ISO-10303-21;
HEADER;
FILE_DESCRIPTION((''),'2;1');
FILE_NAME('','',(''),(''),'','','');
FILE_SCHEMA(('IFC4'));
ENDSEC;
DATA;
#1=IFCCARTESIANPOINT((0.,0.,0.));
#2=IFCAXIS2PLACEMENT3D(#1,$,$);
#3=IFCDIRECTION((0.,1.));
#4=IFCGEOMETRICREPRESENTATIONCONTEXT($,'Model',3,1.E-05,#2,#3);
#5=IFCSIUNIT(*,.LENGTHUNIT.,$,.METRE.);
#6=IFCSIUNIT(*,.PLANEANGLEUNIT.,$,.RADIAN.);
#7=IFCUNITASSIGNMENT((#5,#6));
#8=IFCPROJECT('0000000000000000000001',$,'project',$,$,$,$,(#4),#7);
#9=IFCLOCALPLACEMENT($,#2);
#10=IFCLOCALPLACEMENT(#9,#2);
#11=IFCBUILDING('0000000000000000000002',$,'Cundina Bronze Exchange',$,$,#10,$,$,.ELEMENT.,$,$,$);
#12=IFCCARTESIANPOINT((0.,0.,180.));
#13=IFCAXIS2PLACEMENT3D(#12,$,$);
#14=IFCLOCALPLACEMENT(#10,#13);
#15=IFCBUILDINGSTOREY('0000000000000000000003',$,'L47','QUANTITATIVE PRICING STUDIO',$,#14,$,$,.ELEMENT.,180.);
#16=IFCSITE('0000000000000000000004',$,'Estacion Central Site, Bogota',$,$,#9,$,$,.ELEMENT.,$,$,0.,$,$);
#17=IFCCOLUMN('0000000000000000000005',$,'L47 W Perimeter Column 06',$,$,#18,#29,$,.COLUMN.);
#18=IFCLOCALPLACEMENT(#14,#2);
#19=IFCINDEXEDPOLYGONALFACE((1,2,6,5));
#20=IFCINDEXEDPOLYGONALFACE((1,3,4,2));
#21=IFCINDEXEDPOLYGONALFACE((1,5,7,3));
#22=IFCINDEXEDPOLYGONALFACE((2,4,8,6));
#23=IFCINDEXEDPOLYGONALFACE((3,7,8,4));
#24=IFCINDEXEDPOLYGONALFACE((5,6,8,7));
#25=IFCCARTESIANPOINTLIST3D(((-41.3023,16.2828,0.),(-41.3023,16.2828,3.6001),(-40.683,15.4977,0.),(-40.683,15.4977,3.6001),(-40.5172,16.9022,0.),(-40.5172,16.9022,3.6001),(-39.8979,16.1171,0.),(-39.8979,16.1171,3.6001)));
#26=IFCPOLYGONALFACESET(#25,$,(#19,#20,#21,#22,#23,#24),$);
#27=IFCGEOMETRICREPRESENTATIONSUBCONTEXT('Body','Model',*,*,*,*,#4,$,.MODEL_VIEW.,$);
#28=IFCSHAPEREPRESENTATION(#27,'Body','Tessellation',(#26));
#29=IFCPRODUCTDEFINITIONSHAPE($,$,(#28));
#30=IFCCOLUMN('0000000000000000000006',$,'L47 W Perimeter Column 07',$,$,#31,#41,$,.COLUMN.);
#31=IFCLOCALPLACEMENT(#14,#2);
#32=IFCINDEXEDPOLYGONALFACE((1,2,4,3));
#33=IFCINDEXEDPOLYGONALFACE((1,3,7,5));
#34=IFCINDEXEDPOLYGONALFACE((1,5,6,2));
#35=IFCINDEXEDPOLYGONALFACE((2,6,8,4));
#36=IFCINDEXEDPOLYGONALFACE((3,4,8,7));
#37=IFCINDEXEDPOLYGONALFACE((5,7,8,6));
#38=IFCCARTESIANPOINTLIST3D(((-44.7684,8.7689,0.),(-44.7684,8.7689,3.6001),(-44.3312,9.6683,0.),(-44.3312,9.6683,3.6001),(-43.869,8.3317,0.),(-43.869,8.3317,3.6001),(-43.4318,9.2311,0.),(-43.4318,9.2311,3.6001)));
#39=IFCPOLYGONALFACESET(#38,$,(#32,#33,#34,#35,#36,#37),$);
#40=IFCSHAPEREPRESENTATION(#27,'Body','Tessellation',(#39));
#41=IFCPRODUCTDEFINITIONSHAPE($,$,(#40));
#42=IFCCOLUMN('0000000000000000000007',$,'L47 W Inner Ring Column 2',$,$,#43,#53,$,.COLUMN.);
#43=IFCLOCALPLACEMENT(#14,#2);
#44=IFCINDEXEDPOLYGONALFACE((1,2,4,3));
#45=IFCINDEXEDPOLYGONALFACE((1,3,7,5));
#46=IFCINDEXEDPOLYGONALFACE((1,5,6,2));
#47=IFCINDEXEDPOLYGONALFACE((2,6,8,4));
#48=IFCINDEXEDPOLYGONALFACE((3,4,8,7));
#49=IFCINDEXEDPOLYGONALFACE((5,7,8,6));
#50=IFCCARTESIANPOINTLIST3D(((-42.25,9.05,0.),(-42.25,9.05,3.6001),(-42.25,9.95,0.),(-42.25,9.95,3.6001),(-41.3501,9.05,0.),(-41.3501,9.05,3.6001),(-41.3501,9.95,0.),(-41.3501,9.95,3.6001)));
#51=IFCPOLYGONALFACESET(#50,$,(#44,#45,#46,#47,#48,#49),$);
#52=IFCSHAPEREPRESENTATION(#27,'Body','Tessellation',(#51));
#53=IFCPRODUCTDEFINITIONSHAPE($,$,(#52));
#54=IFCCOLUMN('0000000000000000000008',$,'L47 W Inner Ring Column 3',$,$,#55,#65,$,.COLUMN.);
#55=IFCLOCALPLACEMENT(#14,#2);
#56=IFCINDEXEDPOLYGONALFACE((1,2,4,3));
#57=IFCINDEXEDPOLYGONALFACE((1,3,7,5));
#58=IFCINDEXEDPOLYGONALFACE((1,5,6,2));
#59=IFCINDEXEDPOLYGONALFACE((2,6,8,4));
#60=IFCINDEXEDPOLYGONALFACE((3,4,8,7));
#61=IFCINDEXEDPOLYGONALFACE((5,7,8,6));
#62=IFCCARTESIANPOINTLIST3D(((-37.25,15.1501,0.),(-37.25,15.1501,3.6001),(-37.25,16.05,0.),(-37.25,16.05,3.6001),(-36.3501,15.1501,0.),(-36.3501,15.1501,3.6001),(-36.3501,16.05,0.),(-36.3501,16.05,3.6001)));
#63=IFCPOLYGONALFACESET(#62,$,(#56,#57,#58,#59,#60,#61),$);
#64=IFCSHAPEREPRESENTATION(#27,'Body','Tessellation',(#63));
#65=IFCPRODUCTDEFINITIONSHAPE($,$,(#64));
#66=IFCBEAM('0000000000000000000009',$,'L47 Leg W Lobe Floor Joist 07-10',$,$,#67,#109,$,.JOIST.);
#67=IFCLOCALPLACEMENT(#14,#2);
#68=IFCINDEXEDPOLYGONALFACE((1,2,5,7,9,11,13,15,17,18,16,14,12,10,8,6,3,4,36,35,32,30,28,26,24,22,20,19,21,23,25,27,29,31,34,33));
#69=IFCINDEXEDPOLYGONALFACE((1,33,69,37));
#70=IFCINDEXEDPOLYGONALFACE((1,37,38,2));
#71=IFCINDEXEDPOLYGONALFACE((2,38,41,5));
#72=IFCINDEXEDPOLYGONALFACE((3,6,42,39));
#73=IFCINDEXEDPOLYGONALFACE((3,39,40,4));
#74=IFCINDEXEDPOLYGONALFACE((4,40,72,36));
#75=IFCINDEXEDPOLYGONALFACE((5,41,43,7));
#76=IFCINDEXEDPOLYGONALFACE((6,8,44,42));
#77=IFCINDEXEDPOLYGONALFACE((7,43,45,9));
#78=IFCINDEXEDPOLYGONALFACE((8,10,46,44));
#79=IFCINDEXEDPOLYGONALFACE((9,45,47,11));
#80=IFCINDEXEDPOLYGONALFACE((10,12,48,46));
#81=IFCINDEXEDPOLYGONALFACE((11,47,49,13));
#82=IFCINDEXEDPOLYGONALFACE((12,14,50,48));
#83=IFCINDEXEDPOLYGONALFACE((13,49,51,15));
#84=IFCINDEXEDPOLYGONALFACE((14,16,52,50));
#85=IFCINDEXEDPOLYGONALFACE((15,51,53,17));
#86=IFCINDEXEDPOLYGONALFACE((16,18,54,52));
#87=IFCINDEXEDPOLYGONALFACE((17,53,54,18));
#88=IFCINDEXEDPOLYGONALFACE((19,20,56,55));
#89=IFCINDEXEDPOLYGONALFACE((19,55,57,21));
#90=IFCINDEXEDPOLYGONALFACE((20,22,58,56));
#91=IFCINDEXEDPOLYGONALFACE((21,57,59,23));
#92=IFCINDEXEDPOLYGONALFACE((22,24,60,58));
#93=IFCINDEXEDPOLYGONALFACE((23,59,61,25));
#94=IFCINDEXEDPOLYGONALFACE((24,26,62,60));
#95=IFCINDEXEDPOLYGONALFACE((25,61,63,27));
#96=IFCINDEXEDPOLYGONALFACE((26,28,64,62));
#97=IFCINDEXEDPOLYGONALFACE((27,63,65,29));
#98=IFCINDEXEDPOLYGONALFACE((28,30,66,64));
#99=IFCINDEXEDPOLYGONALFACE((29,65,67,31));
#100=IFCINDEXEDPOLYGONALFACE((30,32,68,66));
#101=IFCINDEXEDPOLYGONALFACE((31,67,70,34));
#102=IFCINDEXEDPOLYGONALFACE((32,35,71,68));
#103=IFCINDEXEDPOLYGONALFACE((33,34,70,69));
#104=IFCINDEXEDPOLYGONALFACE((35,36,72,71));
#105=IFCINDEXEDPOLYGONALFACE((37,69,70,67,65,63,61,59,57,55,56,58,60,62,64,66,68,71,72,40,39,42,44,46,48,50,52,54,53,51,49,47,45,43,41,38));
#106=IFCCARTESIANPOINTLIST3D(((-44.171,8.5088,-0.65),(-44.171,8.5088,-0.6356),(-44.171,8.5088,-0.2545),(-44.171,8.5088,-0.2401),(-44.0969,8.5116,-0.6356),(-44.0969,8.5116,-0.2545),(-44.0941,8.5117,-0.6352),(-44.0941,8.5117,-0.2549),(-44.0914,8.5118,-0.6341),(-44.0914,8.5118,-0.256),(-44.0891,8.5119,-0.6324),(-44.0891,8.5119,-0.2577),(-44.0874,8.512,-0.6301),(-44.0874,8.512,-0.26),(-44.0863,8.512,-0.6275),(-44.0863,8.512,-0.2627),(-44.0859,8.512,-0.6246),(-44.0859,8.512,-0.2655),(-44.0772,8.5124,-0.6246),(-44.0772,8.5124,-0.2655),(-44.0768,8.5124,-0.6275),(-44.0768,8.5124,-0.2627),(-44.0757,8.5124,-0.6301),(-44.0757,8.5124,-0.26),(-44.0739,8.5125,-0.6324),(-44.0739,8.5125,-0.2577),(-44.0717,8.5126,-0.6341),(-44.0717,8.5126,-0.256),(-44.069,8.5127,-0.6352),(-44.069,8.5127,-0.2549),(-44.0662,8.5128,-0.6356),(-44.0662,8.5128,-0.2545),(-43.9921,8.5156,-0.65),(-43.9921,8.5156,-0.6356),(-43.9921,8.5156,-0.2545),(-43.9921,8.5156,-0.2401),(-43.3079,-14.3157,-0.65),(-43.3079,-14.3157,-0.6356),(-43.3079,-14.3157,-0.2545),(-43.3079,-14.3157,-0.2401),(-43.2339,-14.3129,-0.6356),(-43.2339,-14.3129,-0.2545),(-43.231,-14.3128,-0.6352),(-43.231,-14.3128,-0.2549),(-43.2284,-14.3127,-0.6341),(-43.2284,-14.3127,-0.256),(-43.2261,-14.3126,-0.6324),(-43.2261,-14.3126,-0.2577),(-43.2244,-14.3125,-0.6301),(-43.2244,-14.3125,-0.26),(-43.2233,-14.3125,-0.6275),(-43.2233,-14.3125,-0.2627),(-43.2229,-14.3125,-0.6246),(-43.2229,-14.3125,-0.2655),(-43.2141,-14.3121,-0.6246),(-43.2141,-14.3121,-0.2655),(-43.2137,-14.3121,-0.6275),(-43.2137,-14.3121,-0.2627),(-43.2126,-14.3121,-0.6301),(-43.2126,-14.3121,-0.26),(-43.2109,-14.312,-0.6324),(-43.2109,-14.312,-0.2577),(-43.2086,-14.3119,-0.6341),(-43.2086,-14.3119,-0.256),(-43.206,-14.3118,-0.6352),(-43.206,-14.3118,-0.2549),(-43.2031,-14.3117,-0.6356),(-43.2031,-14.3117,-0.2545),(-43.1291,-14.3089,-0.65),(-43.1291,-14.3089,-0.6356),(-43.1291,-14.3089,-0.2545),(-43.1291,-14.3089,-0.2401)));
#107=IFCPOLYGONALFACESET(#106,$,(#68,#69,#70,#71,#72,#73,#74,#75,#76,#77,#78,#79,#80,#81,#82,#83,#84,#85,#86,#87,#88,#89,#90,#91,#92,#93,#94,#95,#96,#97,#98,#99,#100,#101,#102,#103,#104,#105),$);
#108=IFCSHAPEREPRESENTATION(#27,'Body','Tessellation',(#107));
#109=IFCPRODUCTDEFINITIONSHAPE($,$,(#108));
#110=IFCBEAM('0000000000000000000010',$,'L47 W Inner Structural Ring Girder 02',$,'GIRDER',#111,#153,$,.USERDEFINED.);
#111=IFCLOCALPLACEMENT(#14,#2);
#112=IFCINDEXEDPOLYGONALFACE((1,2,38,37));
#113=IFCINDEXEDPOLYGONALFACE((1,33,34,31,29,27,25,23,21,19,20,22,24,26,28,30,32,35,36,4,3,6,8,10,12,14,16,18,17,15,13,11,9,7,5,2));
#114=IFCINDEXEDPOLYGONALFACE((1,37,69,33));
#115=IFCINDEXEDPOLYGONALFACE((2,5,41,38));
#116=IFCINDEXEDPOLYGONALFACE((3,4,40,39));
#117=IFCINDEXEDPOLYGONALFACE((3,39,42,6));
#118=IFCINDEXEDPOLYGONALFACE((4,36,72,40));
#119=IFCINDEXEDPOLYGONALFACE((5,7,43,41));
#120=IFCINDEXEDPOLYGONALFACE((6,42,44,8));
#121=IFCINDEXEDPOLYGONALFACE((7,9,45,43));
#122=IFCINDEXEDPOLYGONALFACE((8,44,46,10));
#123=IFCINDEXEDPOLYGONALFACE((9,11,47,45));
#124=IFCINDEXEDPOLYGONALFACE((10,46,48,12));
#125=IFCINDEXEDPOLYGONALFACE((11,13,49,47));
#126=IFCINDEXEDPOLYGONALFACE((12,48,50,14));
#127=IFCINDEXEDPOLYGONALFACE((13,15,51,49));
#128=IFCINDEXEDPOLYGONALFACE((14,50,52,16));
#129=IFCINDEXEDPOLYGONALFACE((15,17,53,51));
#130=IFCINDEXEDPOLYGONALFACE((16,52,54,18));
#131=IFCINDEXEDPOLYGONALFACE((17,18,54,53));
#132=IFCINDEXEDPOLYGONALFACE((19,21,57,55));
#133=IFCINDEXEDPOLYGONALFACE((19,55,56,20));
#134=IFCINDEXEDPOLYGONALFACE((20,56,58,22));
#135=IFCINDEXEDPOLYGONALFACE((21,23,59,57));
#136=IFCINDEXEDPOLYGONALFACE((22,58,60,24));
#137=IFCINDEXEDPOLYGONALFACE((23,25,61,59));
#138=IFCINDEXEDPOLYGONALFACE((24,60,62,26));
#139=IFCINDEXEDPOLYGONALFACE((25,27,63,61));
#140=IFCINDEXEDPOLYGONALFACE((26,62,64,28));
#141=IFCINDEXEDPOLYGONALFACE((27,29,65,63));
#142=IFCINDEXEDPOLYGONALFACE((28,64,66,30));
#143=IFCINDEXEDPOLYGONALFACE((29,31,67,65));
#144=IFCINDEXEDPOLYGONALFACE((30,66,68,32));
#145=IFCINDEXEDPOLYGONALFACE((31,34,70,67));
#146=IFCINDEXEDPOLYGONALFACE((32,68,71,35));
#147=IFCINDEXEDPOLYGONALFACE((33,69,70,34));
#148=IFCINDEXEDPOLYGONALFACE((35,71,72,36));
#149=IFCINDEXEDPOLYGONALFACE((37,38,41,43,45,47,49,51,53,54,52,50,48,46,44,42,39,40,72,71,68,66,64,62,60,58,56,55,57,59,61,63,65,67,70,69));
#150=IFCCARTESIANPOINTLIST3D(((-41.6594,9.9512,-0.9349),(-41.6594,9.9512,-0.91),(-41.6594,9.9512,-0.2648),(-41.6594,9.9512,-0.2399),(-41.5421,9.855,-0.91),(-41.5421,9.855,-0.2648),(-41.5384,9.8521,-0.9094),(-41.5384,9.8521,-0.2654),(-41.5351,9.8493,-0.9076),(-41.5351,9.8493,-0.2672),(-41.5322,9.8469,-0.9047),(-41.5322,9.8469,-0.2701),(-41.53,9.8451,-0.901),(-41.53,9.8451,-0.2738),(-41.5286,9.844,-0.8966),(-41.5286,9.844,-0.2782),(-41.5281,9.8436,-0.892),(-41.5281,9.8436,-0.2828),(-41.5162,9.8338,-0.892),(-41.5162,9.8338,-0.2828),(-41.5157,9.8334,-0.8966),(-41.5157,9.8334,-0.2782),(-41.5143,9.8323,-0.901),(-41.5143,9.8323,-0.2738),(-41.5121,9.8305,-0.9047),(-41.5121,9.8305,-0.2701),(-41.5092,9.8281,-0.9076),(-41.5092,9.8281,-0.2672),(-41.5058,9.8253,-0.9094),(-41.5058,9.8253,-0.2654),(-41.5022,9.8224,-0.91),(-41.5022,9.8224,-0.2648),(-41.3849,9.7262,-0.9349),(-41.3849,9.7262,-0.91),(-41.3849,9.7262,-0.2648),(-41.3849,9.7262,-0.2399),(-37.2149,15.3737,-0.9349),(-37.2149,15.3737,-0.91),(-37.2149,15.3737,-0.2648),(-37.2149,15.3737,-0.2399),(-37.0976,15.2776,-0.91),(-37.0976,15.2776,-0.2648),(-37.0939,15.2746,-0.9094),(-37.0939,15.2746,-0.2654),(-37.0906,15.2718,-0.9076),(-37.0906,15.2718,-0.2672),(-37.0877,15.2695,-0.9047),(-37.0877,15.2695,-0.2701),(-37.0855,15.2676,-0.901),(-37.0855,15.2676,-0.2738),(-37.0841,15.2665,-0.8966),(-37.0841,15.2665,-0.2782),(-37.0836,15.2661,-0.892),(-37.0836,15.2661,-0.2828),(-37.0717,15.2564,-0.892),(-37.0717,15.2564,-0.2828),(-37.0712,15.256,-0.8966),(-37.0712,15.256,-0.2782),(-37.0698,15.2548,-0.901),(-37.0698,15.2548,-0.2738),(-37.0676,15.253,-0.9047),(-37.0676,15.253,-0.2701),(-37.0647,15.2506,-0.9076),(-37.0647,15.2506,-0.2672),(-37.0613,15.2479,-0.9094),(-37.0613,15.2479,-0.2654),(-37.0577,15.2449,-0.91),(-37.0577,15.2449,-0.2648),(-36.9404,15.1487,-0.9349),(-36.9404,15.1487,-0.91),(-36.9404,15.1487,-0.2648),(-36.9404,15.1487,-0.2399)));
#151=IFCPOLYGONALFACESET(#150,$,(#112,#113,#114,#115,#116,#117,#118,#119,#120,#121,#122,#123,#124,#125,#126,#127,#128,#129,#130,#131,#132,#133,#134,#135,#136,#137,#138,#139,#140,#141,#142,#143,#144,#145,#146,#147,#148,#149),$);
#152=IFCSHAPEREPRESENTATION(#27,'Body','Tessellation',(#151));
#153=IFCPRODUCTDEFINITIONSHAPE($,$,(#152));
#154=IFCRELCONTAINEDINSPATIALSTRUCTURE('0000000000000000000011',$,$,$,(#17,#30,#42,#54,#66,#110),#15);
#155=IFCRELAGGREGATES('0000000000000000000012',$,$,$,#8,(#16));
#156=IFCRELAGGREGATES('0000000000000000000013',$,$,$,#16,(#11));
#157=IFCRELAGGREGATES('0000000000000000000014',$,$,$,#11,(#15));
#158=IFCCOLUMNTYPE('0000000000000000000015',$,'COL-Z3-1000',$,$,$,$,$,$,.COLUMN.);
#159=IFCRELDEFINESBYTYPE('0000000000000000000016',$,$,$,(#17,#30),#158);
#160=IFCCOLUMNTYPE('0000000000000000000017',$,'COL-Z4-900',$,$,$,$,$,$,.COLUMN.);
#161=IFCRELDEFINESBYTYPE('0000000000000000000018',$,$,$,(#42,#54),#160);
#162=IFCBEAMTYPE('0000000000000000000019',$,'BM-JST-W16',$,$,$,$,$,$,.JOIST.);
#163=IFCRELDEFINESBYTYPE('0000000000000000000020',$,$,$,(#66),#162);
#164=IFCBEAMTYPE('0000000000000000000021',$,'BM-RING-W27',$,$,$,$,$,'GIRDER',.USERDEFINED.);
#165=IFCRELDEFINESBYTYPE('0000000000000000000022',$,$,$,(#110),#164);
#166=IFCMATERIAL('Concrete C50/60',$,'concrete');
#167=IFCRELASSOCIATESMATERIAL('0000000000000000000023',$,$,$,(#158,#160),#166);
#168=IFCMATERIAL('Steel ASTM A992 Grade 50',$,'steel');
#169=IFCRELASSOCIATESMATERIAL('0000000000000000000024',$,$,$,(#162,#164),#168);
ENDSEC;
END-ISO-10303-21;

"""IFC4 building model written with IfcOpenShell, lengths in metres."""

from ifc_helpers import new_model, si_unit, direction, frame, origin, origin_2d, place, context, subcontext, project, spatial, rectangle, i_section, extrude, material, material_profile, profile_set, type_object, element, save


model = new_model("IFC4")

# Units and contexts
model_context = context("Model", 3, precision=1e-05, world=origin(), true_north=direction((0.0, 1.0)))
body_context = subcontext(model_context, "Body", "Model", "MODEL_VIEW")
ifc_project = project(units=[si_unit("LENGTHUNIT", "METRE"), si_unit("PLANEANGLEUNIT", "RADIAN")], contexts=[model_context])

# Site, building, storey
site_placement = place(None, origin())
site = spatial("IfcSite", under=ifc_project, at=site_placement, Name="Estacion Central Site, Bogota", CompositionType="ELEMENT", RefElevation=0.0)
building_placement = place(site_placement, origin())
building = spatial("IfcBuilding", under=site, at=building_placement, Name="Cundina Bronze Exchange", CompositionType="ELEMENT")
storey_placement = place(building_placement, frame((0.0, 0.0, 180.0)))
storey = spatial("IfcBuildingStorey", under=building, at=storey_placement, Name="L47", Description="QUANTITATIVE PRICING STUDIO", CompositionType="ELEMENT", Elevation=180.0)

# Columns
ifc_material_1 = material(Name="Concrete C50/60", Category="concrete")
ifc_material_profile_1 = material_profile(ifc_material_1, rectangle(XDim=1.0, YDim=1.0, at=origin_2d()), Name="RC1000X1000", Category="concrete")
ifc_profile_set_1 = profile_set([ifc_material_profile_1], Name="Concrete C50/60")
column_type_1 = type_object("IfcColumnType", Name="COL-Z3-1000", PredefinedType="COLUMN", material=ifc_profile_set_1)
for number, where, z_axis, x_axis, name in (
    (1, (-40.6001, 16.2, 0.0), (0.0, 0.0, 1.0), (-0.785101, -0.619368, 0.0), "L47 W Perimeter Column 06"),
    (2, (-44.1001, 9.0, 0.0), (0.0, 0.0, 1.0), (-0.437116, -0.899405, 0.0), "L47 W Perimeter Column 07"),
):
    element("IfcColumn", number, at=place(storey_placement, frame(where, z_axis=z_axis, x_axis=x_axis)), inside=storey, type_object=column_type_1, Name=name, PredefinedType="COLUMN", context=body_context, shape_type="SweptSolid", body=[
        extrude(rectangle(XDim=1.0, YDim=1.0, at=origin_2d()), origin(), (0.0, 0.0, 1.0), 3.6001),
    ])
ifc_material_profile_2 = material_profile(ifc_material_1, rectangle(XDim=0.8999, YDim=0.8999, at=origin_2d()), Name="RC900X900", Category="concrete")
ifc_profile_set_2 = profile_set([ifc_material_profile_2], Name="Concrete C50/60")
column_type_2 = type_object("IfcColumnType", Name="COL-Z4-900", PredefinedType="COLUMN", material=ifc_profile_set_2)
for number, where, z_axis, x_axis, name in (
    (3, (-41.8, 9.5, 0.0), (0.0, 0.0, 1.0), (1.0, 0.0, 0.0), "L47 W Inner Ring Column 2"),
    (4, (-36.8, 15.6001, 0.0), (0.0, 0.0, 1.0), (1.0, 0.0, 0.0), "L47 W Inner Ring Column 3"),
):
    element("IfcColumn", number, at=place(storey_placement, frame(where, z_axis=z_axis, x_axis=x_axis)), inside=storey, type_object=column_type_2, Name=name, PredefinedType="COLUMN", context=body_context, shape_type="SweptSolid", body=[
        extrude(rectangle(XDim=0.8999, YDim=0.8999, at=origin_2d()), origin(), (0.0, 0.0, 1.0), 3.6001),
    ])

# Beams
ifc_material_2 = material(Name="Steel ASTM A992 Grade 50", Category="steel")
ifc_material_profile_3 = material_profile(ifc_material_2, i_section(OverallWidth=0.179, OverallDepth=0.4099, WebThickness=0.0088, FlangeThickness=0.0144, FilletRadius=0.011, at=origin_2d()), Name="W16X45", Category="steel")
ifc_profile_set_3 = profile_set([ifc_material_profile_3], Name="Steel ASTM A992 Grade 50")
beam_type_1 = type_object("IfcBeamType", Name="BM-JST-W16", PredefinedType="JOIST", material=ifc_profile_set_3)
beam_1_placement = place(storey_placement, frame((-44.0815, 8.5122, -0.4451), z_axis=(0.037785, -0.999286, 0.0), x_axis=(0.999286, 0.037785, 0.0)))
element("IfcBeam", 5, at=beam_1_placement, inside=storey, type_object=beam_type_1, Name="L47 Leg W Lobe Floor Joist 07-10", PredefinedType="JOIST", context=body_context, shape_type="SweptSolid", body=[
    extrude(i_section(OverallWidth=0.179, OverallDepth=0.4099, WebThickness=0.0088, FlangeThickness=0.0144, FilletRadius=0.011, at=origin_2d()), origin(), (0.0, 0.0, 1.0), 22.8408),
])
ifc_material_profile_4 = material_profile(ifc_material_2, i_section(OverallWidth=0.355, OverallDepth=0.6951, WebThickness=0.0154, FlangeThickness=0.0249, FilletRadius=0.0181, at=origin_2d()), Name="W27X146", Category="steel")
ifc_profile_set_4 = profile_set([ifc_material_profile_4], Name="Steel ASTM A992 Grade 50")
beam_type_2 = type_object("IfcBeamType", Name="BM-RING-W27", ElementType="GIRDER", PredefinedType="USERDEFINED", material=ifc_profile_set_4)
beam_2_placement = place(storey_placement, frame((-37.0776, 15.2612, -0.5874), z_axis=(-0.633913, -0.773405, 0.0), x_axis=(0.773405, -0.633913, 0.0)))
element("IfcBeam", 6, at=beam_2_placement, inside=storey, type_object=beam_type_2, Name="L47 W Inner Structural Ring Girder 02", ObjectType="GIRDER", PredefinedType="USERDEFINED", context=body_context, shape_type="SweptSolid", body=[
    extrude(i_section(OverallWidth=0.355, OverallDepth=0.6951, WebThickness=0.0154, FlangeThickness=0.0249, FilletRadius=0.0181, at=origin_2d()), origin(), (0.0, 0.0, 1.0), 7.0112),
])

save(model, "model.ifc")
